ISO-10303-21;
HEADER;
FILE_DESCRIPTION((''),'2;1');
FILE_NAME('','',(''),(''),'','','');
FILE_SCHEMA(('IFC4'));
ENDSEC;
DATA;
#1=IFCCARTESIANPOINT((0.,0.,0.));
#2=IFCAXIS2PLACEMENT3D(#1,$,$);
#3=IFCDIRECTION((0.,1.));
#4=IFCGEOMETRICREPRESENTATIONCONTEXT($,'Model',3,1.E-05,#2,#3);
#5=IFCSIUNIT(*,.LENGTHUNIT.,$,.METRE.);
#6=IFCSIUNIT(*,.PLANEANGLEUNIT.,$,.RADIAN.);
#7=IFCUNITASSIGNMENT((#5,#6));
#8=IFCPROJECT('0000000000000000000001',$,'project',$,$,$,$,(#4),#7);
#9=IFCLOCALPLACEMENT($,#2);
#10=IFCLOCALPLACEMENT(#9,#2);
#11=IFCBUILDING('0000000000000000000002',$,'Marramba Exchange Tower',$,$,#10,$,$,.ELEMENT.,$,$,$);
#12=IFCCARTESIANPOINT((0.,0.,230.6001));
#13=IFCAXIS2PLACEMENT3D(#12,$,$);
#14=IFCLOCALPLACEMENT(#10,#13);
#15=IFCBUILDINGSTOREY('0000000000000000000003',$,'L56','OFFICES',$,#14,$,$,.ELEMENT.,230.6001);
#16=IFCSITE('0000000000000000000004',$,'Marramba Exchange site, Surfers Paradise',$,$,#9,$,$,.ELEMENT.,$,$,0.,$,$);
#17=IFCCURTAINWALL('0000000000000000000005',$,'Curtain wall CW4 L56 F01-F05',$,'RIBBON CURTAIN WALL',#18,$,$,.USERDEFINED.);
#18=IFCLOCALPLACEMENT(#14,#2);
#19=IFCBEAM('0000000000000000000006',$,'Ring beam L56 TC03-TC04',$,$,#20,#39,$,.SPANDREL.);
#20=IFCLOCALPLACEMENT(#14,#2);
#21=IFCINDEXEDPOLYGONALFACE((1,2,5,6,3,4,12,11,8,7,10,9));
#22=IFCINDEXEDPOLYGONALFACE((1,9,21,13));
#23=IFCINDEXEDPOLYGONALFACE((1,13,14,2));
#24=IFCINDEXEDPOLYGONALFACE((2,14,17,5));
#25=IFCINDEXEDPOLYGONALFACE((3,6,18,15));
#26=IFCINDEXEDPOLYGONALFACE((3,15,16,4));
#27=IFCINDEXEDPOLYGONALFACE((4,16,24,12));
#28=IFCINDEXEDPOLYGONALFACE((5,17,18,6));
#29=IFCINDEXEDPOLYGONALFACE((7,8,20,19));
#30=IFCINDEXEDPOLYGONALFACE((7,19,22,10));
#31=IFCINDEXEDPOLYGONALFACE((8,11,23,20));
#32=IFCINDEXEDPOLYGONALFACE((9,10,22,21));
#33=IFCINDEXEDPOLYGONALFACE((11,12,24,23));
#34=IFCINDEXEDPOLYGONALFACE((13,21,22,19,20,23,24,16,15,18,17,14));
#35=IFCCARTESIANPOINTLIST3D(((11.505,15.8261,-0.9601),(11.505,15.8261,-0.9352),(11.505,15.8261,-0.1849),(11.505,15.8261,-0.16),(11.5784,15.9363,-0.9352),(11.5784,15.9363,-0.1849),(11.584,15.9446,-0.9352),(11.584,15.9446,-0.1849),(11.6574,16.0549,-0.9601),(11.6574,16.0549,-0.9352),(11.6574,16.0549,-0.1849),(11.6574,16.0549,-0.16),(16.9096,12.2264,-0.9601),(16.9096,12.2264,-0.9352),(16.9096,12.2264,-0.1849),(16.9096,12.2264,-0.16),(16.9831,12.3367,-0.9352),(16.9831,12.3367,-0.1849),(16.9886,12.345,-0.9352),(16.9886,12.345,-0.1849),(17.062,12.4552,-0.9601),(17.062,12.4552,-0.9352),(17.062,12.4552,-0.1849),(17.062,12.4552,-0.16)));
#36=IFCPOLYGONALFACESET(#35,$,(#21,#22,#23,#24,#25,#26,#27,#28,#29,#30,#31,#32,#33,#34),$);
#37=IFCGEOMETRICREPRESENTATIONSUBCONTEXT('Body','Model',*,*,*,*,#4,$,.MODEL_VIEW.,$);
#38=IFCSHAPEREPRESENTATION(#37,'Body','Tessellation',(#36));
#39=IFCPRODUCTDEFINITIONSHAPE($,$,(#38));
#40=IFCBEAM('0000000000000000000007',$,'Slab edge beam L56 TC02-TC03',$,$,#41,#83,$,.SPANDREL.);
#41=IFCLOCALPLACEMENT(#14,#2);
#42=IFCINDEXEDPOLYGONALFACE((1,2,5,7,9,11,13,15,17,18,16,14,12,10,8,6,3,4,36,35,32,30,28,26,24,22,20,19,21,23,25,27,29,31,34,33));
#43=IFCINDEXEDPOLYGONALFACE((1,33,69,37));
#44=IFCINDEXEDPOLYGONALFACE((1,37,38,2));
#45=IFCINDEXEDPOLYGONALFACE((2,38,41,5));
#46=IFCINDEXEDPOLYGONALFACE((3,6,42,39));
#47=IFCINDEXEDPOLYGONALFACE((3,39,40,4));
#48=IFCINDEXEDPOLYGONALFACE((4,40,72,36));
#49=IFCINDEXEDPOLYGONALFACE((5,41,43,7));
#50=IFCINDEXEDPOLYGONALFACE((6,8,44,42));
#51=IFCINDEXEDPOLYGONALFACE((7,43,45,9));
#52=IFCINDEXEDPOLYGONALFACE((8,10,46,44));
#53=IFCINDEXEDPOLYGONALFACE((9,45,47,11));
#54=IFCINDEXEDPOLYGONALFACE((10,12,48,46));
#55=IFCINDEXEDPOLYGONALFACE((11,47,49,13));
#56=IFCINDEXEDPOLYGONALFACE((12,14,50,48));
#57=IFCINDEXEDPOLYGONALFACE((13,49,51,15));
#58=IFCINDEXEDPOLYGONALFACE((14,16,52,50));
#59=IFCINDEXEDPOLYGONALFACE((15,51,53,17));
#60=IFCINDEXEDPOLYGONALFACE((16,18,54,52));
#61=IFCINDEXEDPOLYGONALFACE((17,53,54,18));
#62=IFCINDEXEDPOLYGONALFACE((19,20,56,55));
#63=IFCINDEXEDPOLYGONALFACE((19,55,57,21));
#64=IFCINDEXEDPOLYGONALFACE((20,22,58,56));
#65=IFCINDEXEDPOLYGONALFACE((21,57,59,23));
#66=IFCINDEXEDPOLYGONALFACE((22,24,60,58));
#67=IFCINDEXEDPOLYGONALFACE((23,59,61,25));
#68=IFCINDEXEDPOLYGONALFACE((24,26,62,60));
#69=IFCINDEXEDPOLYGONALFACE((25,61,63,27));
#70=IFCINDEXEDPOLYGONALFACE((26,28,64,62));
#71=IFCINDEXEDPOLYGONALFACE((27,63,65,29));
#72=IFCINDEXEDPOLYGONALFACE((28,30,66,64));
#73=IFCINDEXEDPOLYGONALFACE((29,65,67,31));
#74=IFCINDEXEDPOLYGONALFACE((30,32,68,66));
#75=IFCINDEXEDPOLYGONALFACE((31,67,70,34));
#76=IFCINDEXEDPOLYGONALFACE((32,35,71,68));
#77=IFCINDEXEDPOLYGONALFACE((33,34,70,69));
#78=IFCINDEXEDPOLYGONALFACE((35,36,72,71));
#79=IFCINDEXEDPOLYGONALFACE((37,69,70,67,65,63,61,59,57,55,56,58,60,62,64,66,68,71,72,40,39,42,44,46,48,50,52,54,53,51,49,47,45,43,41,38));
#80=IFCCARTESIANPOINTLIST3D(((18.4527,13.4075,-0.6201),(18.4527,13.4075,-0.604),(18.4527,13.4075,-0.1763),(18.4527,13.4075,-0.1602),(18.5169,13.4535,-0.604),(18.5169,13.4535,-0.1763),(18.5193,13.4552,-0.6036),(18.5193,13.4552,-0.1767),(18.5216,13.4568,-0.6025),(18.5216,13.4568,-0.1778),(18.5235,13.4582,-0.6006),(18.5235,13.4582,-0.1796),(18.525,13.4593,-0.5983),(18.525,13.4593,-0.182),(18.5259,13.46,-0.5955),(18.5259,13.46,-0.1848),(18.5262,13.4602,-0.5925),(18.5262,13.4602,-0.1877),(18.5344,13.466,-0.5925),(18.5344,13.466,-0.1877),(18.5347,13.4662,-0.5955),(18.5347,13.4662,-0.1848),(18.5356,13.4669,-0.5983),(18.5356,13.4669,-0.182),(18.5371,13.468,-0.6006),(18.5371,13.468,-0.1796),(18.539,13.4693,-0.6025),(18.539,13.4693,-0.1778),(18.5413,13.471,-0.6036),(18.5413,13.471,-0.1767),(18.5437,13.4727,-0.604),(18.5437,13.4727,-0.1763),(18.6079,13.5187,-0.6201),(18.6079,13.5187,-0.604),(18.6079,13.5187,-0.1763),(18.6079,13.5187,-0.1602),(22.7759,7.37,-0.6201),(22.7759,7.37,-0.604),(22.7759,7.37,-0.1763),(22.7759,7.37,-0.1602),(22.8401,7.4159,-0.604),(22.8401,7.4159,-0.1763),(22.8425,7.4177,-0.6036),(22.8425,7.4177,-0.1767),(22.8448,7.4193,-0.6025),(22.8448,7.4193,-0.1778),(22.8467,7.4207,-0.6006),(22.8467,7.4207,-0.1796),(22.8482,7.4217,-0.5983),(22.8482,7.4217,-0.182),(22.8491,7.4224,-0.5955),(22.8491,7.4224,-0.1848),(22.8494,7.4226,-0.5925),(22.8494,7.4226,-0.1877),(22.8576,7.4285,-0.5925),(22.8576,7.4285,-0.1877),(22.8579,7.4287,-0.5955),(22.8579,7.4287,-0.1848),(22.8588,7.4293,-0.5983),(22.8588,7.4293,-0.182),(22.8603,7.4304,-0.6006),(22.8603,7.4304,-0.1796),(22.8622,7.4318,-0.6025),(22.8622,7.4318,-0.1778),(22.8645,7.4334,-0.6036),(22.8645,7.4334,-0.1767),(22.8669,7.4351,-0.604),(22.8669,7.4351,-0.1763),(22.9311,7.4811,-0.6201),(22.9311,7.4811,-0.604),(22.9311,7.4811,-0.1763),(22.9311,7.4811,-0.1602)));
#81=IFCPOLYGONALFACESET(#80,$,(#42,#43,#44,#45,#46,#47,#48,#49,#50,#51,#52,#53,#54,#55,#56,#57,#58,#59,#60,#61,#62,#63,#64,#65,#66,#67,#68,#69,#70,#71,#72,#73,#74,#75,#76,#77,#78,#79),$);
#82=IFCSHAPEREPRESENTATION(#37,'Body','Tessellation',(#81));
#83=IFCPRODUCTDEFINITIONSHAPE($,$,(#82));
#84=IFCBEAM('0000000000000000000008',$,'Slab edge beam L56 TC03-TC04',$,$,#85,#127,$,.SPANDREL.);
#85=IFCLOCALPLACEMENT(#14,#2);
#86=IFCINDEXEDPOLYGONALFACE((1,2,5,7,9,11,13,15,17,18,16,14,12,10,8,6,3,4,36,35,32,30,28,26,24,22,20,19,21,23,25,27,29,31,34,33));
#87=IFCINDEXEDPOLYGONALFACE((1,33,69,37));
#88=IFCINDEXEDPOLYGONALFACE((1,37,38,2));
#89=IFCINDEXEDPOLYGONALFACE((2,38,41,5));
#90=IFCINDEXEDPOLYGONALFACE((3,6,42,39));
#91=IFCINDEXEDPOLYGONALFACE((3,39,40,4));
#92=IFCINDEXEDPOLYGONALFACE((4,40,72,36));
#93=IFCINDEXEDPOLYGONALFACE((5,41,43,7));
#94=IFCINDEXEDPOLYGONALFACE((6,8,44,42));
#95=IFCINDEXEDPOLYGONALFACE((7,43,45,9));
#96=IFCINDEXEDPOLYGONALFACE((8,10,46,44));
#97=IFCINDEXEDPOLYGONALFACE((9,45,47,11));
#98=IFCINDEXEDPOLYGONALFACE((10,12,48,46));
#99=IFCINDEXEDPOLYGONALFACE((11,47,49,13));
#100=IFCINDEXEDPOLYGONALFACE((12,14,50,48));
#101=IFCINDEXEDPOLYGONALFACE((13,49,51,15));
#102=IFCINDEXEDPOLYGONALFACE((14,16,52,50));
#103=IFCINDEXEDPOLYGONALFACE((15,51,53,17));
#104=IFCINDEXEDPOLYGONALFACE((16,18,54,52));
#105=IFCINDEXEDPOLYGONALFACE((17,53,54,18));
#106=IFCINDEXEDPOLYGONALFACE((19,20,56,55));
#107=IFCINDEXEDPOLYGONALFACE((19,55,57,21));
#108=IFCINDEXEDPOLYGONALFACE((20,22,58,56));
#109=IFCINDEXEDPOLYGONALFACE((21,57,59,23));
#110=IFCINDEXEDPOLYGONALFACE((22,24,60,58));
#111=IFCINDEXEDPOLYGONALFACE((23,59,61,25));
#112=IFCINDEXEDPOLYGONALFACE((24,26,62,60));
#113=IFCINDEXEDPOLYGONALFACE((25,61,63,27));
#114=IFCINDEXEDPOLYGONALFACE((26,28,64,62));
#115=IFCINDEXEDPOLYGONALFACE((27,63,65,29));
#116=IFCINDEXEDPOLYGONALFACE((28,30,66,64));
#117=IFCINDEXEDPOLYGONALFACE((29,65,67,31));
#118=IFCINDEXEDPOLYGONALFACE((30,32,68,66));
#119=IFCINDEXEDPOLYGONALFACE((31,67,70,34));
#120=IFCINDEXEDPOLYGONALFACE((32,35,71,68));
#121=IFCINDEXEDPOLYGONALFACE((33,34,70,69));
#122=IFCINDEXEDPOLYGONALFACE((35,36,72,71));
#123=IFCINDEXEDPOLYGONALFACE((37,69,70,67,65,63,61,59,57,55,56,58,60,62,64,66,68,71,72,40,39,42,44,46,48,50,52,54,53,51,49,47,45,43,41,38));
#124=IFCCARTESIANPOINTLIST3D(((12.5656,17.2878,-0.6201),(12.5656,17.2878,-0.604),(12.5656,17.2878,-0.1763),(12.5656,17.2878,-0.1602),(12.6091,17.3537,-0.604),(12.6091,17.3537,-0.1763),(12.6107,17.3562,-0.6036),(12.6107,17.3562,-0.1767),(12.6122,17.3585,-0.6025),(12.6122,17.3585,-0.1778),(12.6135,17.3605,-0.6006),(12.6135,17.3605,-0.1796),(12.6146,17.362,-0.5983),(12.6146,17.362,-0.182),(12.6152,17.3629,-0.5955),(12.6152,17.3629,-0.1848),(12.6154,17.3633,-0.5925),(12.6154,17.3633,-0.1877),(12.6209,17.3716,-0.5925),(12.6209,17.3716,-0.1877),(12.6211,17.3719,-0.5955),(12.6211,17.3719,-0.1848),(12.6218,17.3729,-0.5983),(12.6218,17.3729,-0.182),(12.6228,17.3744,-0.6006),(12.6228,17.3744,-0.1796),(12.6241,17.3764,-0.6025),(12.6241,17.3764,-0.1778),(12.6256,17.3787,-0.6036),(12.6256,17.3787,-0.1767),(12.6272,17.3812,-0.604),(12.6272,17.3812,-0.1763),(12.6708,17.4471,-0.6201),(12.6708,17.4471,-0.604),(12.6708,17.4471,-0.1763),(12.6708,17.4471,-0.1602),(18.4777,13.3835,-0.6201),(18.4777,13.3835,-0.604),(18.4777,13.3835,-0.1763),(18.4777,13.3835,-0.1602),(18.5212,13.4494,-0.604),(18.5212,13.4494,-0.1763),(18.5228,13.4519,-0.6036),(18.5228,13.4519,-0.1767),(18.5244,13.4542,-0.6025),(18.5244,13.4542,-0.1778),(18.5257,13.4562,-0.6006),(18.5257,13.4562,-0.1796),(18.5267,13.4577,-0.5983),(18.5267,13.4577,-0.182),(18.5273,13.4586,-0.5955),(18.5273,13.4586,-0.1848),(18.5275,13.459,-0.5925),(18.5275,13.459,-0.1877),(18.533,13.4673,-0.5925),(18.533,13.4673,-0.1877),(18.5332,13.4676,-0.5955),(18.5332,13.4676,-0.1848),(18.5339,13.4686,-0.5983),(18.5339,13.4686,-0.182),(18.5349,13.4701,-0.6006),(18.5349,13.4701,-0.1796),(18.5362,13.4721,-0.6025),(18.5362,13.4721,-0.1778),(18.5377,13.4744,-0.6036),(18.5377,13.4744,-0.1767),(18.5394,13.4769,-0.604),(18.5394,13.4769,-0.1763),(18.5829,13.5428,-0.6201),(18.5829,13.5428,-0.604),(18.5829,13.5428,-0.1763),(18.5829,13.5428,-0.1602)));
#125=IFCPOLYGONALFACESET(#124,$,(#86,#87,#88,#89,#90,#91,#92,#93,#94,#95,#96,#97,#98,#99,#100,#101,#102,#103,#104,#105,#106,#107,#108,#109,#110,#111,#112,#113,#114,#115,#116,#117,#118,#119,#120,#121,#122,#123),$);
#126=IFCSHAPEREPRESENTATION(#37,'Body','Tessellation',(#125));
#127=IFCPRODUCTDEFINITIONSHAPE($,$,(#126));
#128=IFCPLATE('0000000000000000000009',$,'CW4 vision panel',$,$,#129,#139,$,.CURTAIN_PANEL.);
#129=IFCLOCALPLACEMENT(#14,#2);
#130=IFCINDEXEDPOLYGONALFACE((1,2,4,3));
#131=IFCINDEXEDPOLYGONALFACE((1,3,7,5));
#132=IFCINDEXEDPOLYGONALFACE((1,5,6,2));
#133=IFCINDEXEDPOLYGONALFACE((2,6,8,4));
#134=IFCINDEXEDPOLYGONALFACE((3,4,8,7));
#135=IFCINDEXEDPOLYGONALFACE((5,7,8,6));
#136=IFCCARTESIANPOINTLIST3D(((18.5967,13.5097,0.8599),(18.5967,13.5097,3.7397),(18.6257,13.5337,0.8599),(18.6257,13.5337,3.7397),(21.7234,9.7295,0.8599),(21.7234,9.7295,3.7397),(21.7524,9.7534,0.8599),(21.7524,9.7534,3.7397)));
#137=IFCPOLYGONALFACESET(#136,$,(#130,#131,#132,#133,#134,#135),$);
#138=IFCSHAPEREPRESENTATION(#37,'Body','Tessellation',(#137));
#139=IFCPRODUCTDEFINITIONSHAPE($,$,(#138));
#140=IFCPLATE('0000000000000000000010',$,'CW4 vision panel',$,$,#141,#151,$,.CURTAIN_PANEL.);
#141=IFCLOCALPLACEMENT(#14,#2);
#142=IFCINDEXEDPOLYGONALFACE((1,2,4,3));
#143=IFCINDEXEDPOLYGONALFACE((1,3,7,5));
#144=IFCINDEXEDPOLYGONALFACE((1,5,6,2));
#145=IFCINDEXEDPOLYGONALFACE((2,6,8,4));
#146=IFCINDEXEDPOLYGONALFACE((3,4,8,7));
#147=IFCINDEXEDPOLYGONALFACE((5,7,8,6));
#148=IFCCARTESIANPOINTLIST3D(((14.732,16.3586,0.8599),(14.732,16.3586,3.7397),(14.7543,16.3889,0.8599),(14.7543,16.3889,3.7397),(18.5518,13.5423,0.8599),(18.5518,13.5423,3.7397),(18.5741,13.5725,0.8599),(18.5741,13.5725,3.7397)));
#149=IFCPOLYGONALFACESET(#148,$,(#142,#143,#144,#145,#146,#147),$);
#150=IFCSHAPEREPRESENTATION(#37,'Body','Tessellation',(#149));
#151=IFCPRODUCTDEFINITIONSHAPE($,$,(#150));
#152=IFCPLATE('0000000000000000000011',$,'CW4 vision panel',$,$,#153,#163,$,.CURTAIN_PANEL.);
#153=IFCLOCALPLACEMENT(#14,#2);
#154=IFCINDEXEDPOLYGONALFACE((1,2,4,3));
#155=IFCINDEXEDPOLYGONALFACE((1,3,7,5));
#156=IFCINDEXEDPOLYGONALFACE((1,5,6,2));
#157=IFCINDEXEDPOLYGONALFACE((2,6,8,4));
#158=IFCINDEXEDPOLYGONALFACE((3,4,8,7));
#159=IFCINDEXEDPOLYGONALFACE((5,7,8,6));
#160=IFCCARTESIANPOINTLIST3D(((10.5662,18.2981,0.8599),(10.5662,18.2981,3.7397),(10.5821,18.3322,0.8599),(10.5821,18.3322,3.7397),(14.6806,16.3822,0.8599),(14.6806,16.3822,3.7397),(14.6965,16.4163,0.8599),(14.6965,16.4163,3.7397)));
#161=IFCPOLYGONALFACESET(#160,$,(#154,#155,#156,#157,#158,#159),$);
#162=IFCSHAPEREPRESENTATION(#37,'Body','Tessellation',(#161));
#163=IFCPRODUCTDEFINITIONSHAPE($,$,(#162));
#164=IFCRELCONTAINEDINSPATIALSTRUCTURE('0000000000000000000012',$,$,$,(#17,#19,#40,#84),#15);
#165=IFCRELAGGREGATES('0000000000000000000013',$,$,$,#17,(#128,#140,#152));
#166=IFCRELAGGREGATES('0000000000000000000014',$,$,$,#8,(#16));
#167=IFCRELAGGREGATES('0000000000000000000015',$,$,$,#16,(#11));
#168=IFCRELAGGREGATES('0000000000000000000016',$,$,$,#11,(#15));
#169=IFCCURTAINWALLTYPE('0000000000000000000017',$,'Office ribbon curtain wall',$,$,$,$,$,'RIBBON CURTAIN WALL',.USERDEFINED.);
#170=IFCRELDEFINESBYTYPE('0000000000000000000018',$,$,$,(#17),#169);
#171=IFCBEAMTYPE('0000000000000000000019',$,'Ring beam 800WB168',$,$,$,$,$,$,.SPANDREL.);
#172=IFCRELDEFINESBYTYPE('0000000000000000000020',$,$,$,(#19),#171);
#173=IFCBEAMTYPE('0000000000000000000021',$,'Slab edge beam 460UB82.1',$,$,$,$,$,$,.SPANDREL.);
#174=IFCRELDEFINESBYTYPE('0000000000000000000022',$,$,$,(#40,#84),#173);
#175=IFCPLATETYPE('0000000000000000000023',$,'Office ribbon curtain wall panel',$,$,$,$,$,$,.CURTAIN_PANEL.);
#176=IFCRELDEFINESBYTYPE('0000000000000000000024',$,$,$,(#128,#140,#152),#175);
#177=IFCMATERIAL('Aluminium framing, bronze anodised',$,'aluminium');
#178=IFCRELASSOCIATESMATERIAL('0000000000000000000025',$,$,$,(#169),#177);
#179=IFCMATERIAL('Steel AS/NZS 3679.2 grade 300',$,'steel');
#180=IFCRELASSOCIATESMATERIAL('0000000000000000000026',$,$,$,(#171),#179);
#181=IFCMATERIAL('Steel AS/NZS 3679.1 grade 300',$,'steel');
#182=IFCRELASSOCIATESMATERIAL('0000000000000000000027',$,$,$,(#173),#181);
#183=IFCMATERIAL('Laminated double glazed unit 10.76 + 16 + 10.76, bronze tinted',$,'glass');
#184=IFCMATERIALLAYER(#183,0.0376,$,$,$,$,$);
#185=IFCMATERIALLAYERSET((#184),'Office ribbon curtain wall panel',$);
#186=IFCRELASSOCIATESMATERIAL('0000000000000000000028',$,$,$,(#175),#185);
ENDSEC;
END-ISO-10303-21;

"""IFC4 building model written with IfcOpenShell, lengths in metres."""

from ifc_helpers import new_model, si_unit, direction, frame, origin, origin_2d, place, context, subcontext, project, spatial, rectangle, i_section, extrude, material, layer, layer_set, material_profile, profile_set, type_object, element, aggregate, save


model = new_model("IFC4")

# Units and contexts
model_context = context("Model", 3, precision=1e-05, world=origin(), true_north=direction((0.0, 1.0)))
body_context = subcontext(model_context, "Body", "Model", "MODEL_VIEW")
ifc_project = project(units=[si_unit("LENGTHUNIT", "METRE"), si_unit("PLANEANGLEUNIT", "RADIAN")], contexts=[model_context])

# Site, building, storey
site_placement = place(None, origin())
site = spatial("IfcSite", under=ifc_project, at=site_placement, Name="Marramba Exchange site, Surfers Paradise", CompositionType="ELEMENT", RefElevation=0.0)
building_placement = place(site_placement, origin())
building = spatial("IfcBuilding", under=site, at=building_placement, Name="Marramba Exchange Tower", CompositionType="ELEMENT")
storey_placement = place(building_placement, frame((0.0, 0.0, 230.6001)))
storey = spatial("IfcBuildingStorey", under=building, at=storey_placement, Name="L56", Description="OFFICES", CompositionType="ELEMENT", Elevation=230.6001)

# Shared definitions
ifc_material_1 = material(Name="Steel AS/NZS 3679.2 grade 300", Category="steel")
ifc_material_2 = material(Name="Steel AS/NZS 3679.1 grade 300", Category="steel")

# Curtain wall
ifc_material_3 = material(Name="Aluminium framing, bronze anodised", Category="aluminium")
curtain_wall_type = type_object("IfcCurtainWallType", Name="Office ribbon curtain wall", ElementType="RIBBON CURTAIN WALL", PredefinedType="USERDEFINED", material=ifc_material_3)
curtain_wall_placement = place(storey_placement, origin())
curtain_wall = element("IfcCurtainWall", 1, at=curtain_wall_placement, inside=storey, type_object=curtain_wall_type, Name="Curtain wall CW4 L56 F01-F05", ObjectType="RIBBON CURTAIN WALL", PredefinedType="USERDEFINED")

# Beams
ifc_material_profile_1 = material_profile(ifc_material_1, i_section(OverallWidth=0.2749, OverallDepth=0.8, WebThickness=0.01, FlangeThickness=0.0249, at=origin_2d()), Name="800WB168")
ifc_profile_set_1 = profile_set([ifc_material_profile_1], Name="Steel AS/NZS 3679.2 grade 300")
beam_type_1 = type_object("IfcBeamType", Name="Ring beam 800WB168", PredefinedType="SPANDREL", material=ifc_profile_set_1)
beam_1_placement = place(storey_placement, frame((16.9858, 12.3408, -0.5601), z_axis=(-0.832293, 0.554336, 0.0), x_axis=(-0.554336, -0.832293, 0.0)))
element("IfcBeam", 2, at=beam_1_placement, inside=storey, type_object=beam_type_1, Name="Ring beam L56 TC03-TC04", PredefinedType="SPANDREL", context=body_context, shape_type="SweptSolid", body=[
    extrude(i_section(OverallWidth=0.2749, OverallDepth=0.8, WebThickness=0.01, FlangeThickness=0.0249, at=origin_2d()), origin(), (0.0, 0.0, 1.0), 6.4937),
])
ifc_material_profile_2 = material_profile(ifc_material_2, i_section(OverallWidth=0.1909, OverallDepth=0.46, WebThickness=0.01, FlangeThickness=0.0161, FilletRadius=0.0115, at=origin_2d()), Name="460UB82.1")
ifc_profile_set_2 = profile_set([ifc_material_profile_2], Name="Steel AS/NZS 3679.1 grade 300")
beam_type_2 = type_object("IfcBeamType", Name="Slab edge beam 460UB82.1", PredefinedType="SPANDREL", material=ifc_profile_set_2)
beam_2_placement = place(storey_placement, frame((22.8535, 7.4255, -0.3901), z_axis=(-0.582189, 0.813053, 0.0), x_axis=(-0.813053, -0.582189, 0.0)))
element("IfcBeam", 3, at=beam_2_placement, inside=storey, type_object=beam_type_2, Name="Slab edge beam L56 TC02-TC03", PredefinedType="SPANDREL", context=body_context, shape_type="SweptSolid", body=[
    extrude(i_section(OverallWidth=0.1909, OverallDepth=0.46, WebThickness=0.01, FlangeThickness=0.0161, FilletRadius=0.0115, at=origin_2d()), origin(), (0.0, 0.0, 1.0), 7.4258),
])
beam_3_placement = place(storey_placement, frame((18.5303, 13.4631, -0.3901), z_axis=(-0.83446, 0.551069, 0.0), x_axis=(-0.551069, -0.83446, 0.0)))
element("IfcBeam", 4, at=beam_3_placement, inside=storey, type_object=beam_type_2, Name="Slab edge beam L56 TC03-TC04", PredefinedType="SPANDREL", context=body_context, shape_type="SweptSolid", body=[
    extrude(i_section(OverallWidth=0.1909, OverallDepth=0.46, WebThickness=0.01, FlangeThickness=0.0161, FilletRadius=0.0115, at=origin_2d()), origin(), (0.0, 0.0, 1.0), 7.085),
])

# Plates
ifc_material_4 = material(Name="Laminated double glazed unit 10.76 + 16 + 10.76, bronze tinted", Category="glass")
ifc_layer_1 = layer(ifc_material_4, 0.0376)
ifc_layer_set_1 = layer_set([ifc_layer_1], Name="Office ribbon curtain wall panel")
plate_type = type_object("IfcPlateType", Name="Office ribbon curtain wall panel", PredefinedType="CURTAIN_PANEL", material=ifc_layer_set_1)
plate_1_placement = place(storey_placement, frame((20.1746, 11.6316, 0.8599), z_axis=(0.0, 0.0, 1.0), x_axis=(-0.63735, 0.770574, 0.0)))
plate_1 = element("IfcPlate", 5, at=plate_1_placement, type_object=plate_type, Name="CW4 vision panel", PredefinedType="CURTAIN_PANEL", context=body_context, shape_type="SweptSolid", body=[
    extrude(rectangle(XDim=4.9058, YDim=0.0376, at=origin_2d()), origin(), (0.0, 0.0, 1.0), 2.8799),
])
plate_2_placement = place(storey_placement, frame((16.6531, 14.9656, 0.8599), z_axis=(0.0, 0.0, 1.0), x_axis=(-0.804877, 0.593441, 0.0)))
plate_2 = element("IfcPlate", 6, at=plate_2_placement, type_object=plate_type, Name="CW4 vision panel", PredefinedType="CURTAIN_PANEL", context=body_context, shape_type="SweptSolid", body=[
    extrude(rectangle(XDim=4.7458, YDim=0.0376, at=origin_2d()), origin(), (0.0, 0.0, 1.0), 2.8799),
])
plate_3_placement = place(storey_placement, frame((12.6313, 17.3572, 0.8599), z_axis=(0.0, 0.0, 1.0), x_axis=(-0.906534, 0.422133, 0.0)))
plate_3 = element("IfcPlate", 7, at=plate_3_placement, type_object=plate_type, Name="CW4 vision panel", PredefinedType="CURTAIN_PANEL", context=body_context, shape_type="SweptSolid", body=[
    extrude(rectangle(XDim=4.5386, YDim=0.0376, at=origin_2d()), origin(), (0.0, 0.0, 1.0), 2.8799),
])
aggregate(curtain_wall, [plate_1, plate_2, plate_3])

save(model, "model.ifc")
